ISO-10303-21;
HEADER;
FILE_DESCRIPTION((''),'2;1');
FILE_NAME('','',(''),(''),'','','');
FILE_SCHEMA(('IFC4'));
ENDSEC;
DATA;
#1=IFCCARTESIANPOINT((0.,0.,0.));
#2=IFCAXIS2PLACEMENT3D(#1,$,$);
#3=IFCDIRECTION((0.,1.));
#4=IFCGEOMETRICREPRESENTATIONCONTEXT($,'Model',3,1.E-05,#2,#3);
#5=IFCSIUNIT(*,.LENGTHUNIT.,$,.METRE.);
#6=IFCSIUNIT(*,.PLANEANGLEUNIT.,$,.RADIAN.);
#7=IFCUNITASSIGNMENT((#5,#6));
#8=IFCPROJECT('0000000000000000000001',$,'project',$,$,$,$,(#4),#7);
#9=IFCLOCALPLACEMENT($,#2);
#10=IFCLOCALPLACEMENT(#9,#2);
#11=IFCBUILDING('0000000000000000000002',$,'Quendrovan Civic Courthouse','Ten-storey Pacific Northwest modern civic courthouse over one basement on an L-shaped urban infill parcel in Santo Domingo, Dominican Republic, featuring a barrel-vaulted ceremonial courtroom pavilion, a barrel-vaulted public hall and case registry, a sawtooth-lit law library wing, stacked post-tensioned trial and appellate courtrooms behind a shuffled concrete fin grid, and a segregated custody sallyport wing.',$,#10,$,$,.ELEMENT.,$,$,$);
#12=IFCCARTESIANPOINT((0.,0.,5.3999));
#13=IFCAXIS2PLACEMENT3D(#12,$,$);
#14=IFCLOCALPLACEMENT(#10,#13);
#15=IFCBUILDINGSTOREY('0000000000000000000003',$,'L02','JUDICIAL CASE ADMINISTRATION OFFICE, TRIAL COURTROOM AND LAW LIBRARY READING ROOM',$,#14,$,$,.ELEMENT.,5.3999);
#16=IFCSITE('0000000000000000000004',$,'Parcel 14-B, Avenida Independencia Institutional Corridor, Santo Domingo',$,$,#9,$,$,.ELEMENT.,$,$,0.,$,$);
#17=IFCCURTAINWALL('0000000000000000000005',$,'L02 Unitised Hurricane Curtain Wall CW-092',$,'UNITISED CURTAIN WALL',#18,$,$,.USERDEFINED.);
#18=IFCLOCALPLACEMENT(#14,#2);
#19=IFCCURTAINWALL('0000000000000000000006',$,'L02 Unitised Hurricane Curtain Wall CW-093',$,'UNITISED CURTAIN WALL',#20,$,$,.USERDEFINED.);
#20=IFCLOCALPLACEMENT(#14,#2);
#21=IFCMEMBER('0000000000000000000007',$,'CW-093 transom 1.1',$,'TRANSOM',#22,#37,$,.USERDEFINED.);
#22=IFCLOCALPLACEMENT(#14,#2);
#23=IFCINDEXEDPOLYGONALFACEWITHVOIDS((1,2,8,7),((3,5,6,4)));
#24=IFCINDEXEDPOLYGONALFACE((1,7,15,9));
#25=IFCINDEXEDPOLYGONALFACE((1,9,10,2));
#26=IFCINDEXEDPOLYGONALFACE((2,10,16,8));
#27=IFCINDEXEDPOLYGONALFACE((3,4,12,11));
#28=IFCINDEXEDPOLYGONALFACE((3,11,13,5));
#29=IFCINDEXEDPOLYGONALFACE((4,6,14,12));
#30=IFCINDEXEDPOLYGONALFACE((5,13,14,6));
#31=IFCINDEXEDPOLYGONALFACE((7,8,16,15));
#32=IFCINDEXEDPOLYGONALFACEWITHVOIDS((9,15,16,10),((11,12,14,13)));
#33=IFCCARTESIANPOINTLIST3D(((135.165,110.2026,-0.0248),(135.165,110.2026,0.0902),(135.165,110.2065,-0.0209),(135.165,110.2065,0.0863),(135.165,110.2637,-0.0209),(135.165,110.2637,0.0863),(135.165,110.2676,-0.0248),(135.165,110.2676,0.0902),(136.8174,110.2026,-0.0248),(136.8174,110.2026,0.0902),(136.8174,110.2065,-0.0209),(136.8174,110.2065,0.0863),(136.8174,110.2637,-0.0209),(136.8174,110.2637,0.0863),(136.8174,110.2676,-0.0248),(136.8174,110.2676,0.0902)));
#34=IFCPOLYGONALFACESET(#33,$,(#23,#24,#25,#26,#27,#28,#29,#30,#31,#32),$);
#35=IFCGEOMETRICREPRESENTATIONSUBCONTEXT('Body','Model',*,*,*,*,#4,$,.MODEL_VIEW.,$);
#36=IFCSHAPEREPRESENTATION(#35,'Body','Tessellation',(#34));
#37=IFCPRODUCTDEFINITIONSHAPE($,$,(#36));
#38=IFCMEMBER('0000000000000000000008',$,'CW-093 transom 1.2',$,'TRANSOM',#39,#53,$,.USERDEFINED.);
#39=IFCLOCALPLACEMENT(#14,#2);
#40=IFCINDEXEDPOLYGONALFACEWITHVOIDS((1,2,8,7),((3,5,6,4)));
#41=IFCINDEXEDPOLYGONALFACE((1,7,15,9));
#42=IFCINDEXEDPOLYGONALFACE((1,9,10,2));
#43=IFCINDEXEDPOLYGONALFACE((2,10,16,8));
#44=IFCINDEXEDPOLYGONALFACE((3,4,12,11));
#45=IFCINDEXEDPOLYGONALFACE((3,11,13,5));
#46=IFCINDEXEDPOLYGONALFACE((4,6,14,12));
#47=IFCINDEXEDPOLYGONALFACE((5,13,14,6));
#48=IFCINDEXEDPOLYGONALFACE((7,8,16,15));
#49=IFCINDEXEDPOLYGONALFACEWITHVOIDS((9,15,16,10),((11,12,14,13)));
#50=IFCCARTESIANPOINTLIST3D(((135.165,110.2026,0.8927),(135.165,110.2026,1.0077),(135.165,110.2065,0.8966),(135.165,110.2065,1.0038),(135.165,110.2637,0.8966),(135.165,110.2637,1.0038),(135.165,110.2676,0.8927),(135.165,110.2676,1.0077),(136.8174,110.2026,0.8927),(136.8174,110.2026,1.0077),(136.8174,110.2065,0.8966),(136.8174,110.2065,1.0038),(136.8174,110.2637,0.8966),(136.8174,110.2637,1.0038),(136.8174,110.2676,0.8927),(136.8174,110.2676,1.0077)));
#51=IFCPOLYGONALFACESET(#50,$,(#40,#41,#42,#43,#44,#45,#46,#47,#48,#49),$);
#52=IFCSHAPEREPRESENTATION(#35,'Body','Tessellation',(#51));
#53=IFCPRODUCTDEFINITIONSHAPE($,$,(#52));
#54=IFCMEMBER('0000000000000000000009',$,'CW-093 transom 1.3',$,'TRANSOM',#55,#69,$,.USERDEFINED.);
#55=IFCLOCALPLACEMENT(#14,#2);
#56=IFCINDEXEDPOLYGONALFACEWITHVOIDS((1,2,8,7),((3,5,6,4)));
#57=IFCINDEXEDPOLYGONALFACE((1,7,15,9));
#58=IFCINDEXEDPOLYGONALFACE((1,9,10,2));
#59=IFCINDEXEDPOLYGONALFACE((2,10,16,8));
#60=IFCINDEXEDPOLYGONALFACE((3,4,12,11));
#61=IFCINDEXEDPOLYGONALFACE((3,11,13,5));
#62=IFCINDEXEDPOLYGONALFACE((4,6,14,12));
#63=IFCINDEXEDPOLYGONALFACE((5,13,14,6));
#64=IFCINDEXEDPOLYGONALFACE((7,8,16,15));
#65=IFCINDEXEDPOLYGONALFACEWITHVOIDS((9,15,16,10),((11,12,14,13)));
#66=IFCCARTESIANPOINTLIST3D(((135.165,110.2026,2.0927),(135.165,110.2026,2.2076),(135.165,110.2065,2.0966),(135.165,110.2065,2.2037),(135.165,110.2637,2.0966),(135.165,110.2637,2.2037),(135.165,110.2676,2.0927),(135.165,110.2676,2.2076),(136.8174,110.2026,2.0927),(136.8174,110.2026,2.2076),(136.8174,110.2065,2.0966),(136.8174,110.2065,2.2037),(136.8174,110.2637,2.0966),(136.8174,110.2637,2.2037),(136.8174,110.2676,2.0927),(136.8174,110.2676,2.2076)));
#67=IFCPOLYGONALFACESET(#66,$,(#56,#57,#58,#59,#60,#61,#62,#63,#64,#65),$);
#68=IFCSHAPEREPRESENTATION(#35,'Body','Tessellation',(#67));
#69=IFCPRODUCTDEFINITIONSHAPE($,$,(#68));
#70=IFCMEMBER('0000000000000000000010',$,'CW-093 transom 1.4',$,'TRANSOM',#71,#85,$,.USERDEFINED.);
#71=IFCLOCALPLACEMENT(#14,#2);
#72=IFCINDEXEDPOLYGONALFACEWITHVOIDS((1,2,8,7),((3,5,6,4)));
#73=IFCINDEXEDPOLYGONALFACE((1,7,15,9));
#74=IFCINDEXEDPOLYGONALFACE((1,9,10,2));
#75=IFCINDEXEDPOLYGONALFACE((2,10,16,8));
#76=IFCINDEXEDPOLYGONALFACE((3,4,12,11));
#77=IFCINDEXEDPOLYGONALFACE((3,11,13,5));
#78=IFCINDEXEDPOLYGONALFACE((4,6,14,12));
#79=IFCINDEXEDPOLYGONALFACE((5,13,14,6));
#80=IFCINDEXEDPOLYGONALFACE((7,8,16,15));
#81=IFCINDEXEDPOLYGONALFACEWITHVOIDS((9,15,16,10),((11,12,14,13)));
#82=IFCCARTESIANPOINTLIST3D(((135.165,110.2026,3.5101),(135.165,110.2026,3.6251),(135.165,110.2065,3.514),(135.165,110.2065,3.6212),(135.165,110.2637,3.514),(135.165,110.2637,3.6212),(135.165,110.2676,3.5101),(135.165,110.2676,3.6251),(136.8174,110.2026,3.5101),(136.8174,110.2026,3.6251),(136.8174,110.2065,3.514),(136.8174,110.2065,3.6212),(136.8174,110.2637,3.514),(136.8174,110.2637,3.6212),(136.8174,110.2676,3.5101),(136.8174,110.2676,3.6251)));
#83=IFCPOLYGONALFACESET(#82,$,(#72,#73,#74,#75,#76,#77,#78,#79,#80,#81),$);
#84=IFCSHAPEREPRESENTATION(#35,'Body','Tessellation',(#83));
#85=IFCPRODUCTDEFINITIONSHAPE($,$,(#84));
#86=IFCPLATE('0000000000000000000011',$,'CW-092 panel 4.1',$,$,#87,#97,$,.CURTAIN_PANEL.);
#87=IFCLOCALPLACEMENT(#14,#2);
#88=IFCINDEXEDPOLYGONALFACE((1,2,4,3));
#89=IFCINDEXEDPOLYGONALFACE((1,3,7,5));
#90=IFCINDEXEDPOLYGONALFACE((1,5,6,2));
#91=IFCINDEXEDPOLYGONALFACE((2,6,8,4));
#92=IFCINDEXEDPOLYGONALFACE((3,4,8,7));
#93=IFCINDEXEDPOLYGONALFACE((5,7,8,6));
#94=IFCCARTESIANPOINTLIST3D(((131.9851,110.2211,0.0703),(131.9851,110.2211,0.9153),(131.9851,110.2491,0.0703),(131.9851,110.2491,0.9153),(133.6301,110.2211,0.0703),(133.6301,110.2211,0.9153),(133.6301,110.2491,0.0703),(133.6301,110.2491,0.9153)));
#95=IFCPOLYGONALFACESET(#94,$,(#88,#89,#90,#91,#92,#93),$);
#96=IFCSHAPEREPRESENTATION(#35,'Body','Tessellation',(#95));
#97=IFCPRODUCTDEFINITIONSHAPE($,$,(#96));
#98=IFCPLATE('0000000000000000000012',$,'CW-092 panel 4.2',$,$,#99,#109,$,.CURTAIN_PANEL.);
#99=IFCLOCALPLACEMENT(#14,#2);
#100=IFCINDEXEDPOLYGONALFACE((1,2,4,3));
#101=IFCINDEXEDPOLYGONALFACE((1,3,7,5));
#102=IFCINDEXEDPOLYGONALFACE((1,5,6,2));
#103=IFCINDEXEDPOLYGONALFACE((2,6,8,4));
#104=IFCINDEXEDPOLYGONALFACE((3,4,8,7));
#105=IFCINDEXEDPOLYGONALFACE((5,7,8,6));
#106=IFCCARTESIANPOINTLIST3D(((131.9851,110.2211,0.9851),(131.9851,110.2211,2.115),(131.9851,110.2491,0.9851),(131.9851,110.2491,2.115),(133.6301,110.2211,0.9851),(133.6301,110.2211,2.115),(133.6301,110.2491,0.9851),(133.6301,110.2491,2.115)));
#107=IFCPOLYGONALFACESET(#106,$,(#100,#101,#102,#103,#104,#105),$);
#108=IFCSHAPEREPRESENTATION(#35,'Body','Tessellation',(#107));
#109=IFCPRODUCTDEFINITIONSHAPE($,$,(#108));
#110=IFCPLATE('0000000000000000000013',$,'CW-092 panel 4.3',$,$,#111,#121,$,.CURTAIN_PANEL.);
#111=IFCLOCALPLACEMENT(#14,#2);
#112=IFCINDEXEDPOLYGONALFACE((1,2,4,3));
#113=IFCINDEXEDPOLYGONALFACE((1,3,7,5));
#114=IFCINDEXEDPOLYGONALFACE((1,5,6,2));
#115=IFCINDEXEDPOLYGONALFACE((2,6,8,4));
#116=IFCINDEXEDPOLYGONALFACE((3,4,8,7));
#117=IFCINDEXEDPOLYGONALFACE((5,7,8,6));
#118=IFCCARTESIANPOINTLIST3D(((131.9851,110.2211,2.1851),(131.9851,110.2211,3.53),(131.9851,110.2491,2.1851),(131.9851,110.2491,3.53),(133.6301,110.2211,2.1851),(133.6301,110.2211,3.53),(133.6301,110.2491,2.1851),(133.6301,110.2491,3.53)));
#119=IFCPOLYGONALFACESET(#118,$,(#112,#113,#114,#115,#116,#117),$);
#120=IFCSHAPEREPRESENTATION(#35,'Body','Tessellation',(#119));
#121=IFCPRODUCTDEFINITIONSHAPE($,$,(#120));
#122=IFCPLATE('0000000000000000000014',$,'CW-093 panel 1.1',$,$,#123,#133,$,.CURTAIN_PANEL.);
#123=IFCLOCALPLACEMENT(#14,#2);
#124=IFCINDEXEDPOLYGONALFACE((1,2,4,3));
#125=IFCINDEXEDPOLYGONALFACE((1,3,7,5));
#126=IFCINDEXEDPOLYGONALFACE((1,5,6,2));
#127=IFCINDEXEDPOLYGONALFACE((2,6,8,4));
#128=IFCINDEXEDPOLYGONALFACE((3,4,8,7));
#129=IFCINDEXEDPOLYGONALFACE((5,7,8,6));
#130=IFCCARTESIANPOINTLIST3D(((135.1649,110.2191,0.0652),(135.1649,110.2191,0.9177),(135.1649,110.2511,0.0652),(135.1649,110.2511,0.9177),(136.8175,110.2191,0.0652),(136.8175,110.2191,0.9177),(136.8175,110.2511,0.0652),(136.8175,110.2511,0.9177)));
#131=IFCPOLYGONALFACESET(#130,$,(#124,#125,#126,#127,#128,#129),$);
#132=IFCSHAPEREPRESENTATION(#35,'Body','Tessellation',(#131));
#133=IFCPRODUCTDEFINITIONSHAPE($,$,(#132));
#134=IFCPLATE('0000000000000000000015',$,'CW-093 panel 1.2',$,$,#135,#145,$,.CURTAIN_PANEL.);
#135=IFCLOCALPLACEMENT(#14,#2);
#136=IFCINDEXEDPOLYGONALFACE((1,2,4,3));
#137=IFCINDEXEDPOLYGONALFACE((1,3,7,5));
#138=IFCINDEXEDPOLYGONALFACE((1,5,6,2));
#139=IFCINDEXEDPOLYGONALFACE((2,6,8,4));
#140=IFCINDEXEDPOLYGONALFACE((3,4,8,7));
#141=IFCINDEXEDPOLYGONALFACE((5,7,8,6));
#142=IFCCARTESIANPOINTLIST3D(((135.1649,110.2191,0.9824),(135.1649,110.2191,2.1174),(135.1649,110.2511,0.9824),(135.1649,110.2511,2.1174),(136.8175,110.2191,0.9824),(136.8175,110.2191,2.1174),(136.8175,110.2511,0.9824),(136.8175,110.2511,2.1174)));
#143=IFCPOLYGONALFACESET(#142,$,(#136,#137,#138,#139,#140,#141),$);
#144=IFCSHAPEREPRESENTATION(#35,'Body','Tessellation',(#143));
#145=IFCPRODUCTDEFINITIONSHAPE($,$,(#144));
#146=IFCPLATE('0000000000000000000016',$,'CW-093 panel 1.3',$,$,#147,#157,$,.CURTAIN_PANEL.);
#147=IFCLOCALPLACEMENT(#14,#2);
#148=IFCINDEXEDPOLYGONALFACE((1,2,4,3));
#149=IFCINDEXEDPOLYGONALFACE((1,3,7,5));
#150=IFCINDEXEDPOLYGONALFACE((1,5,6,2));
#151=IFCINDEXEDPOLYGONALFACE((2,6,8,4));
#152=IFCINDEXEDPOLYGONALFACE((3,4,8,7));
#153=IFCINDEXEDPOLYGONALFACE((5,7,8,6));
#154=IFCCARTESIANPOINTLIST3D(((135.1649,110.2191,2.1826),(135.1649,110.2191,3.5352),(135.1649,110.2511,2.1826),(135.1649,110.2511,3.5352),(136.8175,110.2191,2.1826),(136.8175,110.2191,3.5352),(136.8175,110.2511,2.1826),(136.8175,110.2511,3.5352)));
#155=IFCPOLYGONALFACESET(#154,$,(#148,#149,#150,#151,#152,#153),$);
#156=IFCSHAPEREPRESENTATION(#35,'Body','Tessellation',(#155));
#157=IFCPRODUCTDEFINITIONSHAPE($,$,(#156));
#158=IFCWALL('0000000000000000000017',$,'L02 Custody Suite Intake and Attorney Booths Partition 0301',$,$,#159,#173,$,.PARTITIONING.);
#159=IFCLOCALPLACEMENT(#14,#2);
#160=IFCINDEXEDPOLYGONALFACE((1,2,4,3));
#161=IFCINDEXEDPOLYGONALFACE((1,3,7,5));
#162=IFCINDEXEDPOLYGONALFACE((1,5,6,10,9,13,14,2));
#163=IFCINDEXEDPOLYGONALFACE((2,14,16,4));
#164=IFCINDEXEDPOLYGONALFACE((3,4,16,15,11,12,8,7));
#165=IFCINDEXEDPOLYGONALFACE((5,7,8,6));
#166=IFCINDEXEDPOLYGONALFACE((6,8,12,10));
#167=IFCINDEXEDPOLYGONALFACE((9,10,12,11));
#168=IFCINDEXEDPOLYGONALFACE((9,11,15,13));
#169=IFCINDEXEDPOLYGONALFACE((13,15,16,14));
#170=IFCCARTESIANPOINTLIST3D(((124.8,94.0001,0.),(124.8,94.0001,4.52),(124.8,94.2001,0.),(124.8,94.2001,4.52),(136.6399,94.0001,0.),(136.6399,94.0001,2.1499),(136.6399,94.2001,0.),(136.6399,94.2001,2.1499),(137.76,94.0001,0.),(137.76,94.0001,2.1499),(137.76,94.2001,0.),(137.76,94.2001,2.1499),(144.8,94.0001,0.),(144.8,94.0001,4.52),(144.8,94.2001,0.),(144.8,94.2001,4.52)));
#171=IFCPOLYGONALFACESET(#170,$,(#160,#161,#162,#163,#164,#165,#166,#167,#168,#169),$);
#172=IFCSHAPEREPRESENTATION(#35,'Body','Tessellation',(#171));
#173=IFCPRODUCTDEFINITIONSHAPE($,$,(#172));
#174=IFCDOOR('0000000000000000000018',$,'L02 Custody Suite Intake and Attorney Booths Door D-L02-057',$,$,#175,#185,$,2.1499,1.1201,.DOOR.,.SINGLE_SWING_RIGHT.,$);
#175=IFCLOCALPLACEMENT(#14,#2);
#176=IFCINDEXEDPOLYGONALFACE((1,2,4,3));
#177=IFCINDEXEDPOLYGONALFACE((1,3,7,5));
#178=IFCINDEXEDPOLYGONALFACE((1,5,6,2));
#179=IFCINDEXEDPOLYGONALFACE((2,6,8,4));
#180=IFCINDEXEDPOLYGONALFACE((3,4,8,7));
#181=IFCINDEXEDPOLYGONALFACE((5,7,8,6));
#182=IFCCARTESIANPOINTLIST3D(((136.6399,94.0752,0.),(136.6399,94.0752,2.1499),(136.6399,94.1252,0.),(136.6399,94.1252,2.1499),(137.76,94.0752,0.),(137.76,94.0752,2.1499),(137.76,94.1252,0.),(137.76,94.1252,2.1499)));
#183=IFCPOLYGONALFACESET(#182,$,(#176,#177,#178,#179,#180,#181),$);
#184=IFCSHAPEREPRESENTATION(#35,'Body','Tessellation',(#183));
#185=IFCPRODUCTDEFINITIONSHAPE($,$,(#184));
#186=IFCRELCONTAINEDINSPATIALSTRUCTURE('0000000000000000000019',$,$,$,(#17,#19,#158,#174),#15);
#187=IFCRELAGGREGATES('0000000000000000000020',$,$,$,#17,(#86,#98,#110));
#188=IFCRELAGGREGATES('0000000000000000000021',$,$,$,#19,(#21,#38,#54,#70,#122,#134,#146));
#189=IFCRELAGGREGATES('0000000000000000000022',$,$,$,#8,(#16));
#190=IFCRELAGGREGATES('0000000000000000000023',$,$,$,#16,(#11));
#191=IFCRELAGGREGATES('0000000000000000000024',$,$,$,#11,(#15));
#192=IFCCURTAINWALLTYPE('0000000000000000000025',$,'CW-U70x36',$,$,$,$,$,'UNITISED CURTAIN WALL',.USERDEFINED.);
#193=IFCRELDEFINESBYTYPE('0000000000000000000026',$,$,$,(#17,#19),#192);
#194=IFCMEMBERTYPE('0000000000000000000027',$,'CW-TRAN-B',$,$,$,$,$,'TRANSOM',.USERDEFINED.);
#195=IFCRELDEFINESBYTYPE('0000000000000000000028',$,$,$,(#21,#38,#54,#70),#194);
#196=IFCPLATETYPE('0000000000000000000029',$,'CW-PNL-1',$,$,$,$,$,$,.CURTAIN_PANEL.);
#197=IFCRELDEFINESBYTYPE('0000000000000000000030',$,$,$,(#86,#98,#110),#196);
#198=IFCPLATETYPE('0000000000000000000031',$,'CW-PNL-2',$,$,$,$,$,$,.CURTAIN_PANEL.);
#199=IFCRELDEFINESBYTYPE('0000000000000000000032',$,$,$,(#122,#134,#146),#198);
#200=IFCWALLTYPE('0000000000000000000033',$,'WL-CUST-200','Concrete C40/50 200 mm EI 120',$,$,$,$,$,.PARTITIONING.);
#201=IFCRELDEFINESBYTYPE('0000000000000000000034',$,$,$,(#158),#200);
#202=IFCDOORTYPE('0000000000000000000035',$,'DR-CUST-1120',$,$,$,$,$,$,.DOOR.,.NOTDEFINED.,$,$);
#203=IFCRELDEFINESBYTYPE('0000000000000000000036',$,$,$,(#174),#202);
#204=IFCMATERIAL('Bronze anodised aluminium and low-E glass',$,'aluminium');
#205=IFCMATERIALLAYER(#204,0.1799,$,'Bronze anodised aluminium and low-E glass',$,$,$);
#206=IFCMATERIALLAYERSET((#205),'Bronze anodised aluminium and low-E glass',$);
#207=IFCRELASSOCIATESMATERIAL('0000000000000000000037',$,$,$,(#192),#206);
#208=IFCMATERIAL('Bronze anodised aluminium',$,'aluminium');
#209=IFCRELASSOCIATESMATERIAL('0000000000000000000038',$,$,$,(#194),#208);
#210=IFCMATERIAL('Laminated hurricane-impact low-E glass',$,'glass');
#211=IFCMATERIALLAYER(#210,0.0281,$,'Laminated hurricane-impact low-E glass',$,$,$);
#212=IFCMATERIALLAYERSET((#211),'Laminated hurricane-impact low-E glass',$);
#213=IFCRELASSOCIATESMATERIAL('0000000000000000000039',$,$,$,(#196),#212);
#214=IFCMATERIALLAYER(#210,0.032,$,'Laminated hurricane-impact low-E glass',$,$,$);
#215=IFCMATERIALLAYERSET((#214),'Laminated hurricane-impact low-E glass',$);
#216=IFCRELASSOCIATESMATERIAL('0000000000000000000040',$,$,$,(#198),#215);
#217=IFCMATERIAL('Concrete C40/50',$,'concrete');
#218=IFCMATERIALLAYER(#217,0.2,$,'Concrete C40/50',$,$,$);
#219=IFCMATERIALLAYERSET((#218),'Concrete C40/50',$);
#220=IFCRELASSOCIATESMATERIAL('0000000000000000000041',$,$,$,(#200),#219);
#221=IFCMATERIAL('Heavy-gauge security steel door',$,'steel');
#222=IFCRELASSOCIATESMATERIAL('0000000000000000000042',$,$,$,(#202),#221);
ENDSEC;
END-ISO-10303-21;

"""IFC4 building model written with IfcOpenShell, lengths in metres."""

from ifc_helpers import new_model, si_unit, direction, frame, frame_2d, origin, origin_2d, place, context, subcontext, project, spatial, rectangle, hollow_rectangle, extrude, material, layer, layer_set, material_profile, profile_set, type_object, element, fill, aggregate, save


model = new_model("IFC4")

# Units and contexts
model_context = context("Model", 3, precision=1e-05, world=origin(), true_north=direction((0.0, 1.0)))
body_context = subcontext(model_context, "Body", "Model", "MODEL_VIEW")
ifc_project = project(units=[si_unit("LENGTHUNIT", "METRE"), si_unit("PLANEANGLEUNIT", "RADIAN")], contexts=[model_context])

# Site, building, storey
site_placement = place(None, origin())
site = spatial("IfcSite", under=ifc_project, at=site_placement, Name="Parcel 14-B, Avenida Independencia Institutional Corridor, Santo Domingo", CompositionType="ELEMENT", RefElevation=0.0)
building_placement = place(site_placement, origin())
building = spatial("IfcBuilding", under=site, at=building_placement, Name="Quendrovan Civic Courthouse", Description="Ten-storey Pacific Northwest modern civic courthouse over one basement on an L-shaped urban infill parcel in Santo Domingo, Dominican Republic, featuring a barrel-vaulted ceremonial courtroom pavilion, a barrel-vaulted public hall and case registry, a sawtooth-lit law library wing, stacked post-tensioned trial and appellate courtrooms behind a shuffled concrete fin grid, and a segregated custody sallyport wing.", CompositionType="ELEMENT")
storey_placement = place(building_placement, frame((0.0, 0.0, 5.3999)))
storey = spatial("IfcBuildingStorey", under=building, at=storey_placement, Name="L02", Description="JUDICIAL CASE ADMINISTRATION OFFICE, TRIAL COURTROOM AND LAW LIBRARY READING ROOM", CompositionType="ELEMENT", Elevation=5.3999)

# Shared definitions
ifc_material_1 = material(Name="Concrete C40/50", Category="concrete")

# Curtain walls
ifc_material_2 = material(Name="Bronze anodised aluminium and low-E glass", Category="aluminium")
ifc_layer_1 = layer(ifc_material_2, 0.1799, Name="Bronze anodised aluminium and low-E glass")
ifc_layer_set_1 = layer_set([ifc_layer_1], Name="Bronze anodised aluminium and low-E glass")
curtain_wall_type = type_object("IfcCurtainWallType", Name="CW-U70x36", ElementType="UNITISED CURTAIN WALL", PredefinedType="USERDEFINED", material=ifc_layer_set_1)
curtain_wall_1_placement = place(storey_placement, origin())
curtain_wall_1 = element("IfcCurtainWall", 1, at=curtain_wall_1_placement, inside=storey, type_object=curtain_wall_type, Name="L02 Unitised Hurricane Curtain Wall CW-092", ObjectType="UNITISED CURTAIN WALL", PredefinedType="USERDEFINED")
ifc_material_3 = material(Name="Bronze anodised aluminium", Category="aluminium")
curtain_wall_2_placement = place(storey_placement, origin())
curtain_wall_2 = element("IfcCurtainWall", 2, at=curtain_wall_2_placement, inside=storey, type_object=curtain_wall_type, Name="L02 Unitised Hurricane Curtain Wall CW-093", ObjectType="UNITISED CURTAIN WALL", PredefinedType="USERDEFINED")

# Members
ifc_material_profile_1 = material_profile(ifc_material_3, hollow_rectangle(XDim=0.0649, YDim=0.115, WallThickness=0.0039, at=origin_2d()), Name="CW-TRAN-65x115")
ifc_profile_set_1 = profile_set([ifc_material_profile_1], Name="Bronze anodised aluminium")
member_type_1 = type_object("IfcMemberType", Name="CW-TRAN-B", ElementType="TRANSOM", PredefinedType="USERDEFINED", material=ifc_profile_set_1)
member_1_placement = place(storey_placement, frame((135.165, 110.2351, 0.0327), z_axis=(1.0, 0.0, 0.0), x_axis=(0.0, 1.0, 0.0)))
member_1 = element("IfcMember", 3, at=member_1_placement, type_object=member_type_1, Name="CW-093 transom 1.1", ObjectType="TRANSOM", PredefinedType="USERDEFINED", context=body_context, shape_type="SweptSolid", body=[
    extrude(hollow_rectangle(XDim=0.0649, YDim=0.115, WallThickness=0.0039, at=origin_2d()), origin(), (0.0, 0.0, 1.0), 1.6523),
])
member_2_placement = place(storey_placement, frame((135.165, 110.2351, 0.9502), z_axis=(1.0, 0.0, 0.0), x_axis=(0.0, 1.0, 0.0)))
member_2 = element("IfcMember", 4, at=member_2_placement, type_object=member_type_1, Name="CW-093 transom 1.2", ObjectType="TRANSOM", PredefinedType="USERDEFINED", context=body_context, shape_type="SweptSolid", body=[
    extrude(hollow_rectangle(XDim=0.0649, YDim=0.115, WallThickness=0.0039, at=origin_2d()), origin(), (0.0, 0.0, 1.0), 1.6523),
])
member_3_placement = place(storey_placement, frame((135.165, 110.2351, 2.1501), z_axis=(1.0, 0.0, 0.0), x_axis=(0.0, 1.0, 0.0)))
member_3 = element("IfcMember", 5, at=member_3_placement, type_object=member_type_1, Name="CW-093 transom 1.3", ObjectType="TRANSOM", PredefinedType="USERDEFINED", context=body_context, shape_type="SweptSolid", body=[
    extrude(hollow_rectangle(XDim=0.0649, YDim=0.115, WallThickness=0.0039, at=origin_2d()), origin(), (0.0, 0.0, 1.0), 1.6523),
])
member_4_placement = place(storey_placement, frame((135.165, 110.2351, 3.5676), z_axis=(1.0, 0.0, 0.0), x_axis=(0.0, 1.0, 0.0)))
member_4 = element("IfcMember", 6, at=member_4_placement, type_object=member_type_1, Name="CW-093 transom 1.4", ObjectType="TRANSOM", PredefinedType="USERDEFINED", context=body_context, shape_type="SweptSolid", body=[
    extrude(hollow_rectangle(XDim=0.0649, YDim=0.115, WallThickness=0.0039, at=origin_2d()), origin(), (0.0, 0.0, 1.0), 1.6523),
])

# Plates
ifc_material_4 = material(Name="Laminated hurricane-impact low-E glass", Category="glass")
ifc_layer_2 = layer(ifc_material_4, 0.0281, Name="Laminated hurricane-impact low-E glass")
ifc_layer_set_2 = layer_set([ifc_layer_2], Name="Laminated hurricane-impact low-E glass")
plate_type_1 = type_object("IfcPlateType", Name="CW-PNL-1", PredefinedType="CURTAIN_PANEL", material=ifc_layer_set_2)
plate_1_placement = place(storey_placement, frame((132.8076, 110.2351, 0.0703), z_axis=(0.0, 0.0, 1.0), x_axis=(1.0, 0.0, 0.0)))
plate_1 = element("IfcPlate", 7, at=plate_1_placement, type_object=plate_type_1, Name="CW-092 panel 4.1", PredefinedType="CURTAIN_PANEL", context=body_context, shape_type="SweptSolid", body=[
    extrude(rectangle(XDim=1.645, YDim=0.0281, at=origin_2d()), origin(), (0.0, 0.0, 1.0), 0.845),
])
plate_2_placement = place(storey_placement, frame((132.8076, 110.2351, 0.9851), z_axis=(0.0, 0.0, 1.0), x_axis=(1.0, 0.0, 0.0)))
plate_2 = element("IfcPlate", 8, at=plate_2_placement, type_object=plate_type_1, Name="CW-092 panel 4.2", PredefinedType="CURTAIN_PANEL", context=body_context, shape_type="SweptSolid", body=[
    extrude(rectangle(XDim=1.645, YDim=0.0281, at=origin_2d()), origin(), (0.0, 0.0, 1.0), 1.1299),
])
plate_3_placement = place(storey_placement, frame((132.8076, 110.2351, 2.1851), z_axis=(0.0, 0.0, 1.0), x_axis=(1.0, 0.0, 0.0)))
plate_3 = element("IfcPlate", 9, at=plate_3_placement, type_object=plate_type_1, Name="CW-092 panel 4.3", PredefinedType="CURTAIN_PANEL", context=body_context, shape_type="SweptSolid", body=[
    extrude(rectangle(XDim=1.645, YDim=0.0281, at=origin_2d()), origin(), (0.0, 0.0, 1.0), 1.345),
])
aggregate(curtain_wall_1, [plate_1, plate_2, plate_3])
ifc_layer_3 = layer(ifc_material_4, 0.032, Name="Laminated hurricane-impact low-E glass")
ifc_layer_set_3 = layer_set([ifc_layer_3], Name="Laminated hurricane-impact low-E glass")
plate_type_2 = type_object("IfcPlateType", Name="CW-PNL-2", PredefinedType="CURTAIN_PANEL", material=ifc_layer_set_3)
plate_4_placement = place(storey_placement, frame((135.9912, 110.2351, 0.0652), z_axis=(0.0, 0.0, 1.0), x_axis=(1.0, 0.0, 0.0)))
plate_4 = element("IfcPlate", 10, at=plate_4_placement, type_object=plate_type_2, Name="CW-093 panel 1.1", PredefinedType="CURTAIN_PANEL", context=body_context, shape_type="SweptSolid", body=[
    extrude(rectangle(XDim=1.6526, YDim=0.032, at=origin_2d()), origin(), (0.0, 0.0, 1.0), 0.8525),
])
plate_5_placement = place(storey_placement, frame((135.9912, 110.2351, 0.9824), z_axis=(0.0, 0.0, 1.0), x_axis=(1.0, 0.0, 0.0)))
plate_5 = element("IfcPlate", 11, at=plate_5_placement, type_object=plate_type_2, Name="CW-093 panel 1.2", PredefinedType="CURTAIN_PANEL", context=body_context, shape_type="SweptSolid", body=[
    extrude(rectangle(XDim=1.6526, YDim=0.032, at=origin_2d()), origin(), (0.0, 0.0, 1.0), 1.135),
])
plate_6_placement = place(storey_placement, frame((135.9912, 110.2351, 2.1826), z_axis=(0.0, 0.0, 1.0), x_axis=(1.0, 0.0, 0.0)))
plate_6 = element("IfcPlate", 12, at=plate_6_placement, type_object=plate_type_2, Name="CW-093 panel 1.3", PredefinedType="CURTAIN_PANEL", context=body_context, shape_type="SweptSolid", body=[
    extrude(rectangle(XDim=1.6526, YDim=0.032, at=origin_2d()), origin(), (0.0, 0.0, 1.0), 1.3525),
])
aggregate(curtain_wall_2, [member_1, member_2, member_3, member_4, plate_4, plate_5, plate_6])

# Wall, opening, door
ifc_layer_4 = layer(ifc_material_1, 0.2, Name="Concrete C40/50")
ifc_layer_set_4 = layer_set([ifc_layer_4], Name="Concrete C40/50")
wall_type_1 = type_object("IfcWallType", Name="WL-CUST-200", Description="Concrete C40/50 200 mm EI 120", PredefinedType="PARTITIONING", material=ifc_layer_set_4)
wall_1_placement = place(storey_placement, frame((144.8, 94.1001, 0.0), z_axis=(0.0, 0.0, 1.0), x_axis=(-1.0, 0.0, 0.0)))
wall_1 = element("IfcWall", 13, at=wall_1_placement, inside=storey, type_object=wall_type_1, Name="L02 Custody Suite Intake and Attorney Booths Partition 0301", PredefinedType="PARTITIONING", context=body_context, shape_type="SweptSolid", body=[
    extrude(rectangle(XDim=20.0, YDim=0.2, at=frame_2d((10.0, 0.0))), origin(), (0.0, 0.0, 1.0), 4.52),
])
opening_placement = place(wall_1_placement, frame((7.04, 0.0, 0.0)))
opening = element("IfcOpeningElement", 14, at=opening_placement, cuts=wall_1, PredefinedType="OPENING", context=body_context, shape_type="SweptSolid", body=[
    extrude(rectangle(XDim=1.1201, YDim=2.1499, at=frame_2d((0.5601, 1.075))), frame((0.0, 0.1099, 0.0), z_axis=(0.0, -1.0, 0.0), x_axis=(1.0, 0.0, 0.0)), (0.0, 0.0, 1.0), 0.22),
])
ifc_material_5 = material(Name="Heavy-gauge security steel door", Category="steel")
door_type = type_object("IfcDoorType", Name="DR-CUST-1120", OperationType="NOTDEFINED", PredefinedType="DOOR", material=ifc_material_5)
door_placement = place(opening_placement, origin())
door = element("IfcDoor", 15, at=door_placement, inside=storey, type_object=door_type, Name="L02 Custody Suite Intake and Attorney Booths Door D-L02-057", OperationType="SINGLE_SWING_RIGHT", OverallHeight=2.1499, OverallWidth=1.1201, PredefinedType="DOOR", context=body_context, shape_type="SweptSolid", body=[
    extrude(rectangle(XDim=1.1201, YDim=2.1499, at=frame_2d((0.5601, 1.075))), frame((0.0, 0.0249, 0.0), z_axis=(0.0, -1.0, 0.0), x_axis=(1.0, 0.0, 0.0)), (0.0, 0.0, 1.0), 0.05),
])
fill(opening, door)

save(model, "model.ifc")
